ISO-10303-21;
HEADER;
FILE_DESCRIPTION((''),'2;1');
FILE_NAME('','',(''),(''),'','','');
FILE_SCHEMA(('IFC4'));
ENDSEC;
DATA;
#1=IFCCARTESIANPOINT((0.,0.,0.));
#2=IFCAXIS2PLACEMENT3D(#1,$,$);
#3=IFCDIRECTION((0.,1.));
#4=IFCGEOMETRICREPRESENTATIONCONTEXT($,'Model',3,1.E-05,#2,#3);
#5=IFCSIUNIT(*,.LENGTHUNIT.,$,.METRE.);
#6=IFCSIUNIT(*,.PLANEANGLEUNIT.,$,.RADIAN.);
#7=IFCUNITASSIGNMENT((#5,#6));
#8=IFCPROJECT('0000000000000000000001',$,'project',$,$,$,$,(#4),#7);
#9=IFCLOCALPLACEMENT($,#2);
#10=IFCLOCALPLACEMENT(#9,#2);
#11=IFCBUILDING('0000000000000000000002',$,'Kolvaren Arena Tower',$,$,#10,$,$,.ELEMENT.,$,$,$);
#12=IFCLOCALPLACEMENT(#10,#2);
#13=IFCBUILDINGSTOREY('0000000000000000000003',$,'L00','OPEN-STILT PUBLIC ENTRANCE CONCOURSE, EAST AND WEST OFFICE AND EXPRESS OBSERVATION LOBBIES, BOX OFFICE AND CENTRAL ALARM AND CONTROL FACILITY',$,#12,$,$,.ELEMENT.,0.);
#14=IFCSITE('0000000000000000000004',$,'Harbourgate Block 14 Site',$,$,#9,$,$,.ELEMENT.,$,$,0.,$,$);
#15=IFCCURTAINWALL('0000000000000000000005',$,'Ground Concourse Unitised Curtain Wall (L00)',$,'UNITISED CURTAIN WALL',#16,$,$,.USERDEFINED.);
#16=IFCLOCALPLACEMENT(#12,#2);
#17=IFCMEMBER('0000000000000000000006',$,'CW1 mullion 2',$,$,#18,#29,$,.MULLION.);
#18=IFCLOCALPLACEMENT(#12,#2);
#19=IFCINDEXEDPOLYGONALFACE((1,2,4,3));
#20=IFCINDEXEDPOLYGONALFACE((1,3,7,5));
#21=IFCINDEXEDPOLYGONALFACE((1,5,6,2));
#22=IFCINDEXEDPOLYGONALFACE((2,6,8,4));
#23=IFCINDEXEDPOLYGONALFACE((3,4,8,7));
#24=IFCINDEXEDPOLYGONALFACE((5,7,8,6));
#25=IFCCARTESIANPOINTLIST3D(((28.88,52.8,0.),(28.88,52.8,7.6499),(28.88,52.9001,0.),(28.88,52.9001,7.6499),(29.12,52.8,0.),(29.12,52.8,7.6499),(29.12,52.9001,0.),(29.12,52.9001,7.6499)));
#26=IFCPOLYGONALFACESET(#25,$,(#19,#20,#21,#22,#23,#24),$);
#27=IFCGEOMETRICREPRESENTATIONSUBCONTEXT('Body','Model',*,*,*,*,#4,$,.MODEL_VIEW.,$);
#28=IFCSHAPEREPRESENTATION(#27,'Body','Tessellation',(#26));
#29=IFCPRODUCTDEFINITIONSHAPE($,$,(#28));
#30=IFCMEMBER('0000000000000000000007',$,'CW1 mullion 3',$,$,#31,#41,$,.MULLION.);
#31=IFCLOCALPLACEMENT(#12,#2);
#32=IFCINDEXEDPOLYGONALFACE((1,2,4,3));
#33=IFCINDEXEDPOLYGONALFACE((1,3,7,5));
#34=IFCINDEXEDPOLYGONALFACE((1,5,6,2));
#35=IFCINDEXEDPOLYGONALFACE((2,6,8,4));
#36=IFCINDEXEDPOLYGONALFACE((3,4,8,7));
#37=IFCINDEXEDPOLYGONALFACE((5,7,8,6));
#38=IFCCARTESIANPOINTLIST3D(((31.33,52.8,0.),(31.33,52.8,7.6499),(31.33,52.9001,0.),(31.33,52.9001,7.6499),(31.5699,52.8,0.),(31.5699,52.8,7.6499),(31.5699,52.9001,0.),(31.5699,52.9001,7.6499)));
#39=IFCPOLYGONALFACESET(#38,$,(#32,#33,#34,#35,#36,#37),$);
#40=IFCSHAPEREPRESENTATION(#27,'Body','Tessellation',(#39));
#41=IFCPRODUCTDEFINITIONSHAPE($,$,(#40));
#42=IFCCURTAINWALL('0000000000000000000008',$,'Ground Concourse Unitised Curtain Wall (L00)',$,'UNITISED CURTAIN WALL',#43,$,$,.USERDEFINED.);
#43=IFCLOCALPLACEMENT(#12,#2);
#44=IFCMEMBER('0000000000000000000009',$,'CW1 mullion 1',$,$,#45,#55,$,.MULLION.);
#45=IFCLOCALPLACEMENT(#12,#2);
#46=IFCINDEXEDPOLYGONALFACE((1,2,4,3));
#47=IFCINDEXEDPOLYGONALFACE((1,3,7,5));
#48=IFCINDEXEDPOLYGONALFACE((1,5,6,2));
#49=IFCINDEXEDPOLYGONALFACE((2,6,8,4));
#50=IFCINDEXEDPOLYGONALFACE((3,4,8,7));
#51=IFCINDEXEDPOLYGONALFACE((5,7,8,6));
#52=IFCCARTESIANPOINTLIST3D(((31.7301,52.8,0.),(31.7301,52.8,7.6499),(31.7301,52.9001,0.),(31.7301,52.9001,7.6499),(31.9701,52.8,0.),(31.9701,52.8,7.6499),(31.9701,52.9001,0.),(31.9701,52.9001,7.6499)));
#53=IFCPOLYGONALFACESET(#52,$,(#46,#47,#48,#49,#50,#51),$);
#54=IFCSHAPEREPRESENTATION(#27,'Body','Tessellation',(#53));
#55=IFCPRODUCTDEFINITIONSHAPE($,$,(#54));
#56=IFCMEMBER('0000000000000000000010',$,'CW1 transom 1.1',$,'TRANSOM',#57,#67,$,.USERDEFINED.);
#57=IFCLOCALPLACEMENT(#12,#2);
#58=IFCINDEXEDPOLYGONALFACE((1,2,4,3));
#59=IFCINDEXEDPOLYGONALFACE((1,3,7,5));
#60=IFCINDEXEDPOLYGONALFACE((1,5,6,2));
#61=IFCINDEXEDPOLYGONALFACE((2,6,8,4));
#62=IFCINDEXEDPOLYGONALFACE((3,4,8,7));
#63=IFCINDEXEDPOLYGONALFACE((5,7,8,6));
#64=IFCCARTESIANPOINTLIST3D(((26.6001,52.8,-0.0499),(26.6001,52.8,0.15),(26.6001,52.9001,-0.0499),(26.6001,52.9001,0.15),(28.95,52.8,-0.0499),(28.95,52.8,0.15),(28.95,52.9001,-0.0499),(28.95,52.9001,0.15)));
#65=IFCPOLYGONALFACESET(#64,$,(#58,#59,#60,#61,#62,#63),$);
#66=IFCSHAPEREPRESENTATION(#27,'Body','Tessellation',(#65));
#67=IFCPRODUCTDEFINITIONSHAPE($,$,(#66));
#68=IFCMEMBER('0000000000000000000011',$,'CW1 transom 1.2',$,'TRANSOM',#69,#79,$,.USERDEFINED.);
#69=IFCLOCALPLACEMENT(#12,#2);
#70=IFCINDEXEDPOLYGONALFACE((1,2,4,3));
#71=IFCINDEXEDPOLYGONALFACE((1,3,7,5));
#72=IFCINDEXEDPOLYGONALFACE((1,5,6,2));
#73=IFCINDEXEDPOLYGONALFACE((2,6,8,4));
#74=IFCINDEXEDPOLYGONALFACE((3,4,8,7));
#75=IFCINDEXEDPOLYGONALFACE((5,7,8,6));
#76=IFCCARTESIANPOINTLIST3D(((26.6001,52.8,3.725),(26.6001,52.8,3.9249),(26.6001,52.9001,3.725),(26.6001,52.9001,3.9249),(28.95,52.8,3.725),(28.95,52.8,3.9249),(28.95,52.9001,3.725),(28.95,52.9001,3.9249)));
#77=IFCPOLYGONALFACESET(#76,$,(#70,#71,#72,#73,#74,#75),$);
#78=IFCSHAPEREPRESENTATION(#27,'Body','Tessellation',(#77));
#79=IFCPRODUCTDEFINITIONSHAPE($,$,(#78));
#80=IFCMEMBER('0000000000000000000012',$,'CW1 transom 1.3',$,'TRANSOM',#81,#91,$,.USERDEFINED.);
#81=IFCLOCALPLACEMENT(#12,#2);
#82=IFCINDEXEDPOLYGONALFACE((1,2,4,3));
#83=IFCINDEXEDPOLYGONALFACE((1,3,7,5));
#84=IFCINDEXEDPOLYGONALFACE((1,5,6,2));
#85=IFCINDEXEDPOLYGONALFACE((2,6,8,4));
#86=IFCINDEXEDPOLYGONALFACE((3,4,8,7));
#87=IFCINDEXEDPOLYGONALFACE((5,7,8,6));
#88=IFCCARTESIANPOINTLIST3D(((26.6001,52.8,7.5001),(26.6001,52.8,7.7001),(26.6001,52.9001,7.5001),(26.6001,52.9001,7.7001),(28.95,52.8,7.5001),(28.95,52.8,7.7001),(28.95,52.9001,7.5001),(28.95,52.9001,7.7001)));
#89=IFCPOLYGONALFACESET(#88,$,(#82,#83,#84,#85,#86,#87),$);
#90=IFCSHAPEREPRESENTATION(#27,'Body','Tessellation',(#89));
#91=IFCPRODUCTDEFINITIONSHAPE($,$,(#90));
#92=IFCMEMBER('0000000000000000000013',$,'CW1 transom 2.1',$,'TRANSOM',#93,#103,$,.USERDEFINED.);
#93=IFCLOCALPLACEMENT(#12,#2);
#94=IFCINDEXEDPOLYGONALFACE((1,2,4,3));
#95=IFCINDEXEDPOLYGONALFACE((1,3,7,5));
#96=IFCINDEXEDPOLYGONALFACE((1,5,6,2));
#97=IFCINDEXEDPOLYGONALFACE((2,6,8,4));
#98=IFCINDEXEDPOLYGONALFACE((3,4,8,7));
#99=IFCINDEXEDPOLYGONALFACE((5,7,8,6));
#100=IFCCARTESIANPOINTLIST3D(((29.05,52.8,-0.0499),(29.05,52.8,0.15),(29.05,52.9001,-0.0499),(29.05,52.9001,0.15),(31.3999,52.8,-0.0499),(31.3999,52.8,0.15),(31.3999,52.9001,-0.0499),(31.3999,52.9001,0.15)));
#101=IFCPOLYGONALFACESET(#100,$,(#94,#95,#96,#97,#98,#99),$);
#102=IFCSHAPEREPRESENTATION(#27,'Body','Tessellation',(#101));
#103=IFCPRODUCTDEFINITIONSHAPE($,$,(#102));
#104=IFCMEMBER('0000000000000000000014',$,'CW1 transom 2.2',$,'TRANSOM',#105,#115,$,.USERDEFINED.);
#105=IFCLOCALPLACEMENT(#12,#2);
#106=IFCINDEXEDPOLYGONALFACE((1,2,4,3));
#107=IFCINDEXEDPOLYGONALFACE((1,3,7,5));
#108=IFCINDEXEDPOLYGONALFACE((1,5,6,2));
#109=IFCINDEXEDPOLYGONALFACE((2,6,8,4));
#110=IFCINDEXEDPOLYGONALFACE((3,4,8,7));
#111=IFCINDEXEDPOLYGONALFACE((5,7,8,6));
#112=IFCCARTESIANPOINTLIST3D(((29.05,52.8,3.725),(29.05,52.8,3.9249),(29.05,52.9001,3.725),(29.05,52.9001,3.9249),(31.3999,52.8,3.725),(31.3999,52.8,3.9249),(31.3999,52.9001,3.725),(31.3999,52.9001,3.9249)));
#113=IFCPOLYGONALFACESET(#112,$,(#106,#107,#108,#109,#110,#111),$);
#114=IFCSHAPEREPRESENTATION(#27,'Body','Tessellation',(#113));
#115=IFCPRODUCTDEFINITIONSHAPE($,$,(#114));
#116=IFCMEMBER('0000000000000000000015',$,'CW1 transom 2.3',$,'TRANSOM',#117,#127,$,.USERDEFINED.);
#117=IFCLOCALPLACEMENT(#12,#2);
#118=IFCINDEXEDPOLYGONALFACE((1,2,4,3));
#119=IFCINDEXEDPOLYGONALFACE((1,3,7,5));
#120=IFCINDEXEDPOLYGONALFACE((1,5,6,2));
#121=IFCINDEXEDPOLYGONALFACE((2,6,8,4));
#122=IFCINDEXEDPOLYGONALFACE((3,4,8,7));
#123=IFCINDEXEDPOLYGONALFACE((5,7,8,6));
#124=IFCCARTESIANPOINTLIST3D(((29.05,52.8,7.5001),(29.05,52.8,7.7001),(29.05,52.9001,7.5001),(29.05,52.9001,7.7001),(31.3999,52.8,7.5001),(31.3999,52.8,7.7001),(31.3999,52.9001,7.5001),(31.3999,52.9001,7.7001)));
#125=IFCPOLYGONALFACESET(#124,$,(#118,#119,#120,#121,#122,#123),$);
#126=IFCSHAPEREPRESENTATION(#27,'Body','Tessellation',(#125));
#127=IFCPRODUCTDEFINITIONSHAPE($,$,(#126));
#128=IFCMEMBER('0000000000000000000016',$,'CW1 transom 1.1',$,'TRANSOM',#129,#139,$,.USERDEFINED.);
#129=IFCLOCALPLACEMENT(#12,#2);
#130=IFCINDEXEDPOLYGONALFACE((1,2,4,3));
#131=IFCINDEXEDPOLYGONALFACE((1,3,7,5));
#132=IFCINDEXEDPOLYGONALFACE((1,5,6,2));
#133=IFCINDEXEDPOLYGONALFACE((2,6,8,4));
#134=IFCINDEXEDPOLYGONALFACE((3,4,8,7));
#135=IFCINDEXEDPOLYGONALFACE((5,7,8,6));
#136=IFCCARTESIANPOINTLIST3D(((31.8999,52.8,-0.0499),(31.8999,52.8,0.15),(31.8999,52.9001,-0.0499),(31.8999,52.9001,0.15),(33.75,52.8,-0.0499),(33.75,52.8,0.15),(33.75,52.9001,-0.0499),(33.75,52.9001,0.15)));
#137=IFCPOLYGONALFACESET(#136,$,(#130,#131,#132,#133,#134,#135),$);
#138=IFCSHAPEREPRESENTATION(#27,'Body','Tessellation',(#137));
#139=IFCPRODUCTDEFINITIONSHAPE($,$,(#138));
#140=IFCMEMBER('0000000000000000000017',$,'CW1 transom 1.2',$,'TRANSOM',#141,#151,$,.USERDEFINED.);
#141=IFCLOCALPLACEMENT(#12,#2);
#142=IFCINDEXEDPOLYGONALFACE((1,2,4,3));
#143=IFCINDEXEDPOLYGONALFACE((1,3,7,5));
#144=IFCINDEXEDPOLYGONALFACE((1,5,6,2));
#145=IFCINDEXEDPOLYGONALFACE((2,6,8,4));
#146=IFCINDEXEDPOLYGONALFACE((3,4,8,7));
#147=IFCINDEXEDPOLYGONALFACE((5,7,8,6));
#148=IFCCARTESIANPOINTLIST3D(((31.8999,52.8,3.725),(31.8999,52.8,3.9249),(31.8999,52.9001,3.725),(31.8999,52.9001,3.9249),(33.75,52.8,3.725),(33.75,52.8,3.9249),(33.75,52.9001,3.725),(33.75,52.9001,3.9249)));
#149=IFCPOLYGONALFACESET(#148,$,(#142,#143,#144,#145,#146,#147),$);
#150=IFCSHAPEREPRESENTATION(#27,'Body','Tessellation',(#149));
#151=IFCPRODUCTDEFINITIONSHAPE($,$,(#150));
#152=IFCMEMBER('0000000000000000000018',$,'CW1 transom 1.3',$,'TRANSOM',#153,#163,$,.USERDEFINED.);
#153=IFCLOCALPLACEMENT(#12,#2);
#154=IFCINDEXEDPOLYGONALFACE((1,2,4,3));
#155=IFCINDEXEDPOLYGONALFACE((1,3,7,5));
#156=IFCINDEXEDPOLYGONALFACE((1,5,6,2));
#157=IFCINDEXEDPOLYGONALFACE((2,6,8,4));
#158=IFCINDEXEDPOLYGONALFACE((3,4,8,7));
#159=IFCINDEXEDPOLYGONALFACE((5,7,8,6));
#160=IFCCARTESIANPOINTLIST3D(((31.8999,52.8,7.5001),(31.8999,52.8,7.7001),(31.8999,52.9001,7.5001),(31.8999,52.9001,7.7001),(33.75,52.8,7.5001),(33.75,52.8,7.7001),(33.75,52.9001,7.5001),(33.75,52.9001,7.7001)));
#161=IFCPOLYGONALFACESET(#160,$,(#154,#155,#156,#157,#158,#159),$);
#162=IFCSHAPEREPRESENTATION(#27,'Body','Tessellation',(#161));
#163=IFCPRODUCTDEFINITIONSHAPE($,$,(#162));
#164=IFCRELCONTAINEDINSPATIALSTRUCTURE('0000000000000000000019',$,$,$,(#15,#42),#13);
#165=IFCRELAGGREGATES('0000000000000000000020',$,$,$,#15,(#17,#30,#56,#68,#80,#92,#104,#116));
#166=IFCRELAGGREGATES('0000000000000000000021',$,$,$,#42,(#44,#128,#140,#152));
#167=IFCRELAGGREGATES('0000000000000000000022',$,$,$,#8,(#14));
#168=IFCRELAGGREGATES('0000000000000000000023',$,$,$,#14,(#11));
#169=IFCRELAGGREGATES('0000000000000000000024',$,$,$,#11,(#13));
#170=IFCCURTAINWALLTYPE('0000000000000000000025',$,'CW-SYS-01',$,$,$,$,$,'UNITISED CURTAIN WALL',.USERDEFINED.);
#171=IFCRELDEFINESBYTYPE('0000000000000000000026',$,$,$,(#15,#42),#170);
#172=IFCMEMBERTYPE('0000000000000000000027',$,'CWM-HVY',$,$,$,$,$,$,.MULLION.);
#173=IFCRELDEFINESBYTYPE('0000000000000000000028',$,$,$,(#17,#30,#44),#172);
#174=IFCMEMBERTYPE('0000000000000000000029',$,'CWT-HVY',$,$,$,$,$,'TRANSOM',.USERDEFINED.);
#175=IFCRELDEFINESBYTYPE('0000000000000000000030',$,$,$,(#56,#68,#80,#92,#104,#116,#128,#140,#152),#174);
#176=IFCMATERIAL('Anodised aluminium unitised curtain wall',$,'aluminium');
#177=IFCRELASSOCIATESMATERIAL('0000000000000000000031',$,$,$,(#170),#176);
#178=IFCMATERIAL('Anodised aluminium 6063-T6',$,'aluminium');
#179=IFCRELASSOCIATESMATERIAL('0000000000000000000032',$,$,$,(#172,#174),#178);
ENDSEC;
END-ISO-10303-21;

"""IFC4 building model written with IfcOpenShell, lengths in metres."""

from ifc_helpers import new_model, si_unit, direction, frame, origin, origin_2d, place, context, subcontext, project, spatial, rectangle, extrude, material, material_profile, profile_set, type_object, element, aggregate, save


model = new_model("IFC4")

# Units and contexts
model_context = context("Model", 3, precision=1e-05, world=origin(), true_north=direction((0.0, 1.0)))
body_context = subcontext(model_context, "Body", "Model", "MODEL_VIEW")
ifc_project = project(units=[si_unit("LENGTHUNIT", "METRE"), si_unit("PLANEANGLEUNIT", "RADIAN")], contexts=[model_context])

# Site, building, storey
site_placement = place(None, origin())
site = spatial("IfcSite", under=ifc_project, at=site_placement, Name="Harbourgate Block 14 Site", CompositionType="ELEMENT", RefElevation=0.0)
building_placement = place(site_placement, origin())
building = spatial("IfcBuilding", under=site, at=building_placement, Name="Kolvaren Arena Tower", CompositionType="ELEMENT")
storey_placement = place(building_placement, origin())
storey = spatial("IfcBuildingStorey", under=building, at=storey_placement, Name="L00", Description="OPEN-STILT PUBLIC ENTRANCE CONCOURSE, EAST AND WEST OFFICE AND EXPRESS OBSERVATION LOBBIES, BOX OFFICE AND CENTRAL ALARM AND CONTROL FACILITY", CompositionType="ELEMENT", Elevation=0.0)

# Curtain wall, members
ifc_material_1 = material(Name="Anodised aluminium unitised curtain wall", Category="aluminium")
curtain_wall_type = type_object("IfcCurtainWallType", Name="CW-SYS-01", ElementType="UNITISED CURTAIN WALL", PredefinedType="USERDEFINED", material=ifc_material_1)
curtain_wall_1_placement = place(storey_placement, origin())
curtain_wall_1 = element("IfcCurtainWall", 1, at=curtain_wall_1_placement, inside=storey, type_object=curtain_wall_type, Name="Ground Concourse Unitised Curtain Wall (L00)", ObjectType="UNITISED CURTAIN WALL", PredefinedType="USERDEFINED")
ifc_material_2 = material(Name="Anodised aluminium 6063-T6", Category="aluminium")
ifc_material_profile_1 = material_profile(ifc_material_2, rectangle(XDim=0.1001, YDim=0.24, at=origin_2d()), Name="ALU-100x240")
ifc_profile_set_1 = profile_set([ifc_material_profile_1], Name="Anodised aluminium 6063-T6")
member_type_1 = type_object("IfcMemberType", Name="CWM-HVY", PredefinedType="MULLION", material=ifc_profile_set_1)
member_1_placement = place(storey_placement, frame((29.0, 52.8501, 0.0), z_axis=(0.0, 0.0, 1.0), x_axis=(0.0, 1.0, 0.0)))
member_1 = element("IfcMember", 2, at=member_1_placement, type_object=member_type_1, Name="CW1 mullion 2", PredefinedType="MULLION", context=body_context, shape_type="SweptSolid", body=[
    extrude(rectangle(XDim=0.1001, YDim=0.24, at=origin_2d()), origin(), (0.0, 0.0, 1.0), 7.6499),
])
member_2_placement = place(storey_placement, frame((31.45, 52.8501, 0.0), z_axis=(0.0, 0.0, 1.0), x_axis=(0.0, 1.0, 0.0)))
member_2 = element("IfcMember", 3, at=member_2_placement, type_object=member_type_1, Name="CW1 mullion 3", PredefinedType="MULLION", context=body_context, shape_type="SweptSolid", body=[
    extrude(rectangle(XDim=0.1001, YDim=0.24, at=origin_2d()), origin(), (0.0, 0.0, 1.0), 7.6499),
])

# Curtain wall, member
curtain_wall_2_placement = place(storey_placement, origin())
curtain_wall_2 = element("IfcCurtainWall", 4, at=curtain_wall_2_placement, inside=storey, type_object=curtain_wall_type, Name="Ground Concourse Unitised Curtain Wall (L00)", ObjectType="UNITISED CURTAIN WALL", PredefinedType="USERDEFINED")
member_3_placement = place(storey_placement, frame((31.8501, 52.8501, 0.0), z_axis=(0.0, 0.0, 1.0), x_axis=(0.0, 1.0, 0.0)))
member_3 = element("IfcMember", 5, at=member_3_placement, type_object=member_type_1, Name="CW1 mullion 1", PredefinedType="MULLION", context=body_context, shape_type="SweptSolid", body=[
    extrude(rectangle(XDim=0.1001, YDim=0.24, at=origin_2d()), origin(), (0.0, 0.0, 1.0), 7.6499),
])

# Members
ifc_material_profile_2 = material_profile(ifc_material_2, rectangle(XDim=0.1001, YDim=0.2, at=origin_2d()), Name="ALU-100x200")
ifc_profile_set_2 = profile_set([ifc_material_profile_2], Name="Anodised aluminium 6063-T6")
member_type_2 = type_object("IfcMemberType", Name="CWT-HVY", ElementType="TRANSOM", PredefinedType="USERDEFINED", material=ifc_profile_set_2)
member_4_placement = place(storey_placement, frame((26.6001, 52.8501, 0.05), z_axis=(1.0, 0.0, 0.0), x_axis=(0.0, 1.0, 0.0)))
member_4 = element("IfcMember", 6, at=member_4_placement, type_object=member_type_2, Name="CW1 transom 1.1", ObjectType="TRANSOM", PredefinedType="USERDEFINED", context=body_context, shape_type="SweptSolid", body=[
    extrude(rectangle(XDim=0.1001, YDim=0.2, at=origin_2d()), origin(), (0.0, 0.0, 1.0), 2.3499),
])
member_5_placement = place(storey_placement, frame((26.6001, 52.8501, 3.825), z_axis=(1.0, 0.0, 0.0), x_axis=(0.0, 1.0, 0.0)))
member_5 = element("IfcMember", 7, at=member_5_placement, type_object=member_type_2, Name="CW1 transom 1.2", ObjectType="TRANSOM", PredefinedType="USERDEFINED", context=body_context, shape_type="SweptSolid", body=[
    extrude(rectangle(XDim=0.1001, YDim=0.2, at=origin_2d()), origin(), (0.0, 0.0, 1.0), 2.3499),
])
member_6_placement = place(storey_placement, frame((26.6001, 52.8501, 7.6001), z_axis=(1.0, 0.0, 0.0), x_axis=(0.0, 1.0, 0.0)))
member_6 = element("IfcMember", 8, at=member_6_placement, type_object=member_type_2, Name="CW1 transom 1.3", ObjectType="TRANSOM", PredefinedType="USERDEFINED", context=body_context, shape_type="SweptSolid", body=[
    extrude(rectangle(XDim=0.1001, YDim=0.2, at=origin_2d()), origin(), (0.0, 0.0, 1.0), 2.3499),
])
member_7_placement = place(storey_placement, frame((29.05, 52.8501, 0.05), z_axis=(1.0, 0.0, 0.0), x_axis=(0.0, 1.0, 0.0)))
member_7 = element("IfcMember", 9, at=member_7_placement, type_object=member_type_2, Name="CW1 transom 2.1", ObjectType="TRANSOM", PredefinedType="USERDEFINED", context=body_context, shape_type="SweptSolid", body=[
    extrude(rectangle(XDim=0.1001, YDim=0.2, at=origin_2d()), origin(), (0.0, 0.0, 1.0), 2.3499),
])
member_8_placement = place(storey_placement, frame((29.05, 52.8501, 3.825), z_axis=(1.0, 0.0, 0.0), x_axis=(0.0, 1.0, 0.0)))
member_8 = element("IfcMember", 10, at=member_8_placement, type_object=member_type_2, Name="CW1 transom 2.2", ObjectType="TRANSOM", PredefinedType="USERDEFINED", context=body_context, shape_type="SweptSolid", body=[
    extrude(rectangle(XDim=0.1001, YDim=0.2, at=origin_2d()), origin(), (0.0, 0.0, 1.0), 2.3499),
])
member_9_placement = place(storey_placement, frame((29.05, 52.8501, 7.6001), z_axis=(1.0, 0.0, 0.0), x_axis=(0.0, 1.0, 0.0)))
member_9 = element("IfcMember", 11, at=member_9_placement, type_object=member_type_2, Name="CW1 transom 2.3", ObjectType="TRANSOM", PredefinedType="USERDEFINED", context=body_context, shape_type="SweptSolid", body=[
    extrude(rectangle(XDim=0.1001, YDim=0.2, at=origin_2d()), origin(), (0.0, 0.0, 1.0), 2.3499),
])
member_10_placement = place(storey_placement, frame((31.8999, 52.8501, 0.05), z_axis=(1.0, 0.0, 0.0), x_axis=(0.0, 1.0, 0.0)))
member_10 = element("IfcMember", 12, at=member_10_placement, type_object=member_type_2, Name="CW1 transom 1.1", ObjectType="TRANSOM", PredefinedType="USERDEFINED", context=body_context, shape_type="SweptSolid", body=[
    extrude(rectangle(XDim=0.1001, YDim=0.2, at=origin_2d()), origin(), (0.0, 0.0, 1.0), 1.8501),
])
member_11_placement = place(storey_placement, frame((31.8999, 52.8501, 3.825), z_axis=(1.0, 0.0, 0.0), x_axis=(0.0, 1.0, 0.0)))
member_11 = element("IfcMember", 13, at=member_11_placement, type_object=member_type_2, Name="CW1 transom 1.2", ObjectType="TRANSOM", PredefinedType="USERDEFINED", context=body_context, shape_type="SweptSolid", body=[
    extrude(rectangle(XDim=0.1001, YDim=0.2, at=origin_2d()), origin(), (0.0, 0.0, 1.0), 1.8501),
])
member_12_placement = place(storey_placement, frame((31.8999, 52.8501, 7.6001), z_axis=(1.0, 0.0, 0.0), x_axis=(0.0, 1.0, 0.0)))
member_12 = element("IfcMember", 14, at=member_12_placement, type_object=member_type_2, Name="CW1 transom 1.3", ObjectType="TRANSOM", PredefinedType="USERDEFINED", context=body_context, shape_type="SweptSolid", body=[
    extrude(rectangle(XDim=0.1001, YDim=0.2, at=origin_2d()), origin(), (0.0, 0.0, 1.0), 1.8501),
])

aggregate(curtain_wall_1, [member_1, member_2, member_4, member_5, member_6, member_7, member_8, member_9])
aggregate(curtain_wall_2, [member_3, member_10, member_11, member_12])

save(model, "model.ifc")
